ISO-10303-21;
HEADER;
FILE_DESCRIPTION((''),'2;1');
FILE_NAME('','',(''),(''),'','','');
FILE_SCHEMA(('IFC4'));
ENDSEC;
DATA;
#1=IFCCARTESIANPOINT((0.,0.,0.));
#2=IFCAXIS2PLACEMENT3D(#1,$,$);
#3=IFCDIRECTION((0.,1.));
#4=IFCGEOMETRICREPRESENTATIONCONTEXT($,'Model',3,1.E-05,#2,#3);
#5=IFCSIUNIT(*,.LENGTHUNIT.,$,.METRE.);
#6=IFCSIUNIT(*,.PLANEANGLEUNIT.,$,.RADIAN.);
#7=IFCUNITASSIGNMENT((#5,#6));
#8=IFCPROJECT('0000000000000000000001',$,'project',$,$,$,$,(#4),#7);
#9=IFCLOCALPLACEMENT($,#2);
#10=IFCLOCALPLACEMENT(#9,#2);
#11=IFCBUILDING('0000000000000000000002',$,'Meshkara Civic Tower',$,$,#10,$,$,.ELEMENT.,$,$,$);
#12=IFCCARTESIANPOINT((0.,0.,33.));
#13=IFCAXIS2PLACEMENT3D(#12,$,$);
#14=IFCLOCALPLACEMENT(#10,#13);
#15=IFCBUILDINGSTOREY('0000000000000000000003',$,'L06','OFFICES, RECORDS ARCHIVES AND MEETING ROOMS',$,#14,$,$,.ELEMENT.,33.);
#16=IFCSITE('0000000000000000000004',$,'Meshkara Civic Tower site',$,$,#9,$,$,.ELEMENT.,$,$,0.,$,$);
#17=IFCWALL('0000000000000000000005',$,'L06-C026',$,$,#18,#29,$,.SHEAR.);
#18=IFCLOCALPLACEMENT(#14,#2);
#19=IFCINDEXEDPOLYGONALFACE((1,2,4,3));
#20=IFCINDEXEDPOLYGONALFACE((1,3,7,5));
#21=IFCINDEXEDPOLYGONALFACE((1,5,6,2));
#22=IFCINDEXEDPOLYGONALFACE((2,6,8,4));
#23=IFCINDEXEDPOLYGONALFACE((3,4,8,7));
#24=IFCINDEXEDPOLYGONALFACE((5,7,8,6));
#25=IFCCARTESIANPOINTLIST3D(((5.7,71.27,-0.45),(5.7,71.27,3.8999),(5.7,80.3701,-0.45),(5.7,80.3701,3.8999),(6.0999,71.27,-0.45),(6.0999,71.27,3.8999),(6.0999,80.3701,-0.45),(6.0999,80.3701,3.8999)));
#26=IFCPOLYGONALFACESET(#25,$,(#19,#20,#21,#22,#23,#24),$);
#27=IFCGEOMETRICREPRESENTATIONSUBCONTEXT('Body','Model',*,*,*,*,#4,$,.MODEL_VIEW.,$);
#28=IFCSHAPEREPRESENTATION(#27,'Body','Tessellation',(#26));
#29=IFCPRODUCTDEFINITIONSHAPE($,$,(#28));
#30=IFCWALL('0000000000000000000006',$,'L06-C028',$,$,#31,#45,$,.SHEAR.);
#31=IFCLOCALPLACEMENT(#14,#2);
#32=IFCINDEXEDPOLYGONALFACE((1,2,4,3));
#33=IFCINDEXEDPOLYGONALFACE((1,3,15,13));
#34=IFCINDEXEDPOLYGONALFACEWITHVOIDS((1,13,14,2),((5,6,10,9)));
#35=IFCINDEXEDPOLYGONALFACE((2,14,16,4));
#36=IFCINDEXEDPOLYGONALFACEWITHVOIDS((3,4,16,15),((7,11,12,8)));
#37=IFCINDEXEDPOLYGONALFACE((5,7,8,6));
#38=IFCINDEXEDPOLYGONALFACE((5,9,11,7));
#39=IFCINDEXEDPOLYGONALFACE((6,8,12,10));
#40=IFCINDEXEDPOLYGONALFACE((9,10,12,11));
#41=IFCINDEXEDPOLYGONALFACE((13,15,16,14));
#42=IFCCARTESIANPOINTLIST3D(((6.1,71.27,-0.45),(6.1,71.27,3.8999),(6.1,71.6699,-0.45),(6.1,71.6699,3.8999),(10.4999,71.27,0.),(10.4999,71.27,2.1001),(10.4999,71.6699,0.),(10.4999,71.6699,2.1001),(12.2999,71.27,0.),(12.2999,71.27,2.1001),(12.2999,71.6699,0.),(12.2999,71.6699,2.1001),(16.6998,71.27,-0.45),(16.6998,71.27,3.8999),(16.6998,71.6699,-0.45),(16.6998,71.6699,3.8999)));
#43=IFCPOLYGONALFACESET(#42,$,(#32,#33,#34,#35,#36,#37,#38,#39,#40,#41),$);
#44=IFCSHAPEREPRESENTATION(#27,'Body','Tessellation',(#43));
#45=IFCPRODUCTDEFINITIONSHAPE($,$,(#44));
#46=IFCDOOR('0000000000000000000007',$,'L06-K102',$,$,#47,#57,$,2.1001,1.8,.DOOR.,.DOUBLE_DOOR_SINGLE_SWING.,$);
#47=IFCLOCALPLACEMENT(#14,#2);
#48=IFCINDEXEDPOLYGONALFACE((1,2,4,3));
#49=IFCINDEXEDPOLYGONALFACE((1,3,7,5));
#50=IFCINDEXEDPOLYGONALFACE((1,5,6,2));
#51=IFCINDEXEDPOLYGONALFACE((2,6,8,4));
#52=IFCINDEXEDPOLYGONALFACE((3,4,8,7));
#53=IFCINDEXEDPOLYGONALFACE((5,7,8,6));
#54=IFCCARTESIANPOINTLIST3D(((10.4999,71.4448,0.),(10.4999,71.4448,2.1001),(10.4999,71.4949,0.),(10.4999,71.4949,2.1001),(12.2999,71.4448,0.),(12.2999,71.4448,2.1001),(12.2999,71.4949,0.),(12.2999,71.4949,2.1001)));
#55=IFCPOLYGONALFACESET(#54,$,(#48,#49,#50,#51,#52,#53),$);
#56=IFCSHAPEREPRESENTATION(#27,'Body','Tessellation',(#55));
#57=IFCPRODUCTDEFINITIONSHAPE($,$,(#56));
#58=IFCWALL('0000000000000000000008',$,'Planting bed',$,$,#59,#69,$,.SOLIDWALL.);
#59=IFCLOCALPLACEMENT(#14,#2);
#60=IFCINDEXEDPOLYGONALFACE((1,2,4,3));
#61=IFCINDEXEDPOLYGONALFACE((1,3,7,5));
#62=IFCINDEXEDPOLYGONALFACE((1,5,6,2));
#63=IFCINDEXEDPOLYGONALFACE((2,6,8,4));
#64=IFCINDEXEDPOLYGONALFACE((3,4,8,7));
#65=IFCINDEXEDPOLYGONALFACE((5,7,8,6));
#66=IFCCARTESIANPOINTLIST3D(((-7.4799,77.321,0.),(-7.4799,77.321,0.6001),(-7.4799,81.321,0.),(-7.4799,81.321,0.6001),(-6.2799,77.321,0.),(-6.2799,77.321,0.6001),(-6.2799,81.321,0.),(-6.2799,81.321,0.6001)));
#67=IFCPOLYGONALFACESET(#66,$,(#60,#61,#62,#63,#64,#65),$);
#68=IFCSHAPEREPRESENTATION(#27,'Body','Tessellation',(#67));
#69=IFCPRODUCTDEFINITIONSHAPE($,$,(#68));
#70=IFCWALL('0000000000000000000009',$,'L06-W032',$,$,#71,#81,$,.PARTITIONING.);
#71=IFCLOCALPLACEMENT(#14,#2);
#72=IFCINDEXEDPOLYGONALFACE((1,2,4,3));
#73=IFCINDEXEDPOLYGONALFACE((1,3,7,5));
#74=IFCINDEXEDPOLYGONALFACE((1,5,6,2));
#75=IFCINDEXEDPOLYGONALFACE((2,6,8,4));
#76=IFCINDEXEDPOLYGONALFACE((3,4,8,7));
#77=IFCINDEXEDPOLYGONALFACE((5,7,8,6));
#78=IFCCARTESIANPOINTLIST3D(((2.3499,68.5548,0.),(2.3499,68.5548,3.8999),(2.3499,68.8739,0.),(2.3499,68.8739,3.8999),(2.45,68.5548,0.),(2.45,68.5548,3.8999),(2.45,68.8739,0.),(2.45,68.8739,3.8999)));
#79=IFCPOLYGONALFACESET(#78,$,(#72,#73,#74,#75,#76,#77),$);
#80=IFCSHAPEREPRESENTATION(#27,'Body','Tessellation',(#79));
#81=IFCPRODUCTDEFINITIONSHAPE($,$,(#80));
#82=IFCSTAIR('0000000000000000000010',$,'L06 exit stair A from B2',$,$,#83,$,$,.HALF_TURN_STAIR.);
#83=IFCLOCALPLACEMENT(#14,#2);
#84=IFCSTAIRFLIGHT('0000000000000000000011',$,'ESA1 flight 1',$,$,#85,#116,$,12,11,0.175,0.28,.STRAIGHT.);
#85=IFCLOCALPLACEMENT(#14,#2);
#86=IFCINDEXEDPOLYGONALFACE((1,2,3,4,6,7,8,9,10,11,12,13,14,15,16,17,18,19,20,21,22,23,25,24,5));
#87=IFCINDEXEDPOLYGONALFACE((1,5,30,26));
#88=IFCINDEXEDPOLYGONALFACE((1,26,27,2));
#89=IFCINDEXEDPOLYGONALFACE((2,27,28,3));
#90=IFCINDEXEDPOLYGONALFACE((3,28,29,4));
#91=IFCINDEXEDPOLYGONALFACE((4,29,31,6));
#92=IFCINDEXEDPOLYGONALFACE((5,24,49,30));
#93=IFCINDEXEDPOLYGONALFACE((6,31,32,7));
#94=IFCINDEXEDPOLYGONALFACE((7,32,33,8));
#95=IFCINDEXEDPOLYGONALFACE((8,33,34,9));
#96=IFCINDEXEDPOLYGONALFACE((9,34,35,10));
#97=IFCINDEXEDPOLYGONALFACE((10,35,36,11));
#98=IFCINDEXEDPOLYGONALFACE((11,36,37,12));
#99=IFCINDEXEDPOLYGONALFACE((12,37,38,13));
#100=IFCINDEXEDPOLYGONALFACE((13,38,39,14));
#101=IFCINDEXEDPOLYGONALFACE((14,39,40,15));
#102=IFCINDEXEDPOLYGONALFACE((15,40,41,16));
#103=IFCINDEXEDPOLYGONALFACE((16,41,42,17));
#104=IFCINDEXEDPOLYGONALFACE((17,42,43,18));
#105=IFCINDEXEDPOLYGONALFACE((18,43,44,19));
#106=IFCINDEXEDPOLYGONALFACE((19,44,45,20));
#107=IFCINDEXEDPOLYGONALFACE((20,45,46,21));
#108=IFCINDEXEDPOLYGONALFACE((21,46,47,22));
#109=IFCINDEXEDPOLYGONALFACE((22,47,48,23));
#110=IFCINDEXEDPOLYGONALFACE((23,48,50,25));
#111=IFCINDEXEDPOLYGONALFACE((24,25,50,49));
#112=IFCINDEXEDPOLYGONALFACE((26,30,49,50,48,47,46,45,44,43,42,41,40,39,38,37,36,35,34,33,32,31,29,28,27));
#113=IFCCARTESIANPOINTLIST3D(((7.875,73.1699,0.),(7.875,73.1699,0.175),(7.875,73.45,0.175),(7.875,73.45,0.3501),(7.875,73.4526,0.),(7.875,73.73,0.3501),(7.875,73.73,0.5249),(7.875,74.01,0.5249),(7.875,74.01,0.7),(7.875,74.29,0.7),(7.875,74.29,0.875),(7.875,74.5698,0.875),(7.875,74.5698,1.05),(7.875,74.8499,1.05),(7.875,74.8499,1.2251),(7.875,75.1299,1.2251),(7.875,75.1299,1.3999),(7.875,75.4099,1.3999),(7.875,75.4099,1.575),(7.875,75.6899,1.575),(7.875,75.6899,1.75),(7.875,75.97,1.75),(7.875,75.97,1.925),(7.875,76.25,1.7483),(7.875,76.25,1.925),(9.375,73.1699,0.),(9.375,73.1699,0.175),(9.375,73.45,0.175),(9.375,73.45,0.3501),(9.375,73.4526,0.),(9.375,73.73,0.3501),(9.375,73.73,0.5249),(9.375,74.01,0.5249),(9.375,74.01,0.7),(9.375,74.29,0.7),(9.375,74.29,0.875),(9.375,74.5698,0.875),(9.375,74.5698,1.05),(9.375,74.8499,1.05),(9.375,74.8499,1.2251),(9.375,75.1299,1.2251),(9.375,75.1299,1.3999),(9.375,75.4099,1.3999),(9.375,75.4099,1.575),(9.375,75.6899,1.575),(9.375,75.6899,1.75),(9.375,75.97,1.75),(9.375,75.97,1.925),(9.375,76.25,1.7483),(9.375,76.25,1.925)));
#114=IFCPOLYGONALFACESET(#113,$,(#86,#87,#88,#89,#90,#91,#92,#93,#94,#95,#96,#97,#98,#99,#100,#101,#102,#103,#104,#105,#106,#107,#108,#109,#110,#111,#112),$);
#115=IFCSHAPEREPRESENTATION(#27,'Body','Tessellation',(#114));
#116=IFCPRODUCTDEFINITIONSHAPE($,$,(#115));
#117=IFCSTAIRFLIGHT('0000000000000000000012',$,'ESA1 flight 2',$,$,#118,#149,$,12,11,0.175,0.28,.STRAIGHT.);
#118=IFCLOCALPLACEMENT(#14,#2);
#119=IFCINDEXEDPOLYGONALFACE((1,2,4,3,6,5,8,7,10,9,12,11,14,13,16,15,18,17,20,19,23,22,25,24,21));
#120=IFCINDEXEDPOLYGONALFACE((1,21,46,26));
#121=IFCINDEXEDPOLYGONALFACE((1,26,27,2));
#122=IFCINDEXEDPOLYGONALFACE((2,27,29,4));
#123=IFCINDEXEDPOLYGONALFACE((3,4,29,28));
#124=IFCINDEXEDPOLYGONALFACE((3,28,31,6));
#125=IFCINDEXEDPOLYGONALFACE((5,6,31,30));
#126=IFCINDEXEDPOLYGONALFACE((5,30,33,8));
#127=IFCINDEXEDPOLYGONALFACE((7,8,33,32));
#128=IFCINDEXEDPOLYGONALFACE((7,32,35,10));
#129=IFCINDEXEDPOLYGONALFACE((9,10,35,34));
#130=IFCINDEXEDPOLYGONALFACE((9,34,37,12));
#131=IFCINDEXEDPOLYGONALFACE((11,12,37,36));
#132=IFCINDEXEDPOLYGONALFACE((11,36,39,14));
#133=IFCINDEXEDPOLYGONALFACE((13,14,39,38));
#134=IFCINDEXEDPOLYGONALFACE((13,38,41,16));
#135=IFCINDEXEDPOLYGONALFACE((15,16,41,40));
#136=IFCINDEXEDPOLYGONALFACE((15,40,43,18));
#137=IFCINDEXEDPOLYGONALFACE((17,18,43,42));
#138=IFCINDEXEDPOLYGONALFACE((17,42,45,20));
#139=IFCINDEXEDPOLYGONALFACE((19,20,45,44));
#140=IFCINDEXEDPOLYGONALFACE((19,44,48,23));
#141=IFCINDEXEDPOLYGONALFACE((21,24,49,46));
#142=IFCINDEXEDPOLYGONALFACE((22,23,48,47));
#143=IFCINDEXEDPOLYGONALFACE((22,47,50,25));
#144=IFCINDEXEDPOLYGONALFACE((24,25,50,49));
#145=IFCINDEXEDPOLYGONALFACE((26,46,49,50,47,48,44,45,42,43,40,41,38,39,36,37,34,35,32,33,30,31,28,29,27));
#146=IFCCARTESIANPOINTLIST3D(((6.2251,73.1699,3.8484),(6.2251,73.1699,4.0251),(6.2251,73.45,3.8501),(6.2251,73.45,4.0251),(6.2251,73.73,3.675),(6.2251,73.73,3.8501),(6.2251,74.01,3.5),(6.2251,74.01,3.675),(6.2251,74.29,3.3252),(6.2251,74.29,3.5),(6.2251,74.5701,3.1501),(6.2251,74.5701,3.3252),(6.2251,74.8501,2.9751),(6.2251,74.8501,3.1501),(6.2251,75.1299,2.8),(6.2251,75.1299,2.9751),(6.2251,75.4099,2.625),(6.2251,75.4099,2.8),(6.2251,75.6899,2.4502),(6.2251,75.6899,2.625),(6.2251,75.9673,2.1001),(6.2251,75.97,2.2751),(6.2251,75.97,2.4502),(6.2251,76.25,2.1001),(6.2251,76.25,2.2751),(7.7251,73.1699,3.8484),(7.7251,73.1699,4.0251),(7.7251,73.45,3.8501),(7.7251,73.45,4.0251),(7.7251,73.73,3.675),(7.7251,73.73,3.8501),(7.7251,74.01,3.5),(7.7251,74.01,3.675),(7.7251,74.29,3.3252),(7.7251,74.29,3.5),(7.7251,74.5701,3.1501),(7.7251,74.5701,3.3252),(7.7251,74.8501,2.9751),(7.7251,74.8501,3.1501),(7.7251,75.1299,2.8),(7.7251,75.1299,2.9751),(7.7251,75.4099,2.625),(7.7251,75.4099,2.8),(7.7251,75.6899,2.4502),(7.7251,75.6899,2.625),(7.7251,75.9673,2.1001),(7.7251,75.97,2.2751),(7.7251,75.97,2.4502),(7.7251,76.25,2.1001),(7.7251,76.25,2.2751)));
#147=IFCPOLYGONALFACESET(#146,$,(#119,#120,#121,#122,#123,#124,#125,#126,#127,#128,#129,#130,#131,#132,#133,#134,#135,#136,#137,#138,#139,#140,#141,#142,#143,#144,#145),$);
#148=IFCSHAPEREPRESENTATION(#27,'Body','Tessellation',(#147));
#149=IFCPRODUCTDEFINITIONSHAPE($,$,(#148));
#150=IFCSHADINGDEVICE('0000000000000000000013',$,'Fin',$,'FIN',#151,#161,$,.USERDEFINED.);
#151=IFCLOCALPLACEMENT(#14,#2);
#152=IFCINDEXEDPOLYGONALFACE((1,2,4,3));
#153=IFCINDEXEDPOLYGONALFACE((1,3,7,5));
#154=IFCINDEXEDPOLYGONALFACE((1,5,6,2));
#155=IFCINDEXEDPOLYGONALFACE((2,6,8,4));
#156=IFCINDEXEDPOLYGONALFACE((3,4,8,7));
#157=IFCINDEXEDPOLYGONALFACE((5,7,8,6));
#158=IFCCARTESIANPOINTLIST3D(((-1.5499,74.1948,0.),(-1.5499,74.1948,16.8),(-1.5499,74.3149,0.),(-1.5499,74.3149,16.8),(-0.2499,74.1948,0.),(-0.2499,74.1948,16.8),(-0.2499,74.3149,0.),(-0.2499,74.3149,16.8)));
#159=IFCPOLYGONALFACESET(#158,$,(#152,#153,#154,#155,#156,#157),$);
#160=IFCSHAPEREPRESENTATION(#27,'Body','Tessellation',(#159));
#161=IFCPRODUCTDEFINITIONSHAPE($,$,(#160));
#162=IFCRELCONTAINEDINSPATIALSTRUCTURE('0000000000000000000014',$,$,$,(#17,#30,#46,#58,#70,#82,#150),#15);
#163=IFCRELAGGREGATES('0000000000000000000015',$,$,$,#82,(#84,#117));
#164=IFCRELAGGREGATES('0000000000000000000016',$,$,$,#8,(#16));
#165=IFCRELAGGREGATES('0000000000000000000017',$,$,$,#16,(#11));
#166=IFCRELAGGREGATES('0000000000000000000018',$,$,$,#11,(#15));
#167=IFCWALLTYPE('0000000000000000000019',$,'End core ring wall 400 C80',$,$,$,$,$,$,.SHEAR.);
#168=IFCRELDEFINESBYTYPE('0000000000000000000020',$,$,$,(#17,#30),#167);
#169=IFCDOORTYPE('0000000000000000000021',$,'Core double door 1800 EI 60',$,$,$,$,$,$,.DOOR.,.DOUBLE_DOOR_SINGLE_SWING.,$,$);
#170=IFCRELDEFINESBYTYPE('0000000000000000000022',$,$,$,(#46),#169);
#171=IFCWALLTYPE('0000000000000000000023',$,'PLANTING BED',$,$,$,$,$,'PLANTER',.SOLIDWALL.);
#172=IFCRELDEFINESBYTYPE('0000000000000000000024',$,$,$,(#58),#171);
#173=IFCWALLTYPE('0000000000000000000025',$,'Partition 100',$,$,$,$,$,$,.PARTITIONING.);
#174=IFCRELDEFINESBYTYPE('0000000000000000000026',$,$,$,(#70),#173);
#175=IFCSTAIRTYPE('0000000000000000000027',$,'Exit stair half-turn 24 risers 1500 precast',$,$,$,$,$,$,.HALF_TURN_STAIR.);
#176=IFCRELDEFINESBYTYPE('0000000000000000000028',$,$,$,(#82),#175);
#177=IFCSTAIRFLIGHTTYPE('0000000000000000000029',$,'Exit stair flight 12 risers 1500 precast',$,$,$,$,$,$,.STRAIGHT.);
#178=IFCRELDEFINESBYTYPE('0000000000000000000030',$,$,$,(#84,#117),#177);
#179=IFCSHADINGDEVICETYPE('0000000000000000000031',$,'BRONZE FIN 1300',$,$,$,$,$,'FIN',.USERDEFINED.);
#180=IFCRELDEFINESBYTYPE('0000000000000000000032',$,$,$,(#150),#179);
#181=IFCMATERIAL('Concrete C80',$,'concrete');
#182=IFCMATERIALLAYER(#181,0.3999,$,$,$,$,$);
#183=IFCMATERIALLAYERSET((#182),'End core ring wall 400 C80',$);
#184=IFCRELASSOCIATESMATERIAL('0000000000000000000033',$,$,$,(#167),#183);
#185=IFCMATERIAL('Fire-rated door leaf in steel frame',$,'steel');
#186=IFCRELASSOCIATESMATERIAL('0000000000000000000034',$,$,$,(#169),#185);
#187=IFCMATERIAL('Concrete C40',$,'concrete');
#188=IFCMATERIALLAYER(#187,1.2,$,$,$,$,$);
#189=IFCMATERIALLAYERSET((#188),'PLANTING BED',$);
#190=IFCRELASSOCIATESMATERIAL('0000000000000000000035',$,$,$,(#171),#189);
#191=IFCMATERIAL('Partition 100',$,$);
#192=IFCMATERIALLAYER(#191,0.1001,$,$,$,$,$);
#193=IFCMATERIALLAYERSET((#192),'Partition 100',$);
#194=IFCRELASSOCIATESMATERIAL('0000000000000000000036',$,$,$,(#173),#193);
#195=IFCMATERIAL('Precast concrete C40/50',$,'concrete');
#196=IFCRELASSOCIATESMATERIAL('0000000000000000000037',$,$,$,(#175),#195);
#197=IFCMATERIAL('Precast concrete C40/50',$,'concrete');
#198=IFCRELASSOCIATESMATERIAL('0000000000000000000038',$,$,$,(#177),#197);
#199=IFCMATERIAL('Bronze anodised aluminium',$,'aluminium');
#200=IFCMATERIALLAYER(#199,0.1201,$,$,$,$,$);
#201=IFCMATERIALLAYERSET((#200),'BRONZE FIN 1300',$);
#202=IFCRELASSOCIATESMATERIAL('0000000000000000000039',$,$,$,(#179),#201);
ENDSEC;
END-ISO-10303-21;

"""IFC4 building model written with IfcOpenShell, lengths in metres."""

from ifc_helpers import new_model, si_unit, direction, frame, frame_2d, origin, origin_2d, place, context, subcontext, project, spatial, polyline, rectangle, outline, extrude, material, layer, layer_set, type_object, element, fill, aggregate, save


model = new_model("IFC4")

# Units and contexts
model_context = context("Model", 3, precision=1e-05, world=origin(), true_north=direction((0.0, 1.0)))
body_context = subcontext(model_context, "Body", "Model", "MODEL_VIEW")
ifc_project = project(units=[si_unit("LENGTHUNIT", "METRE"), si_unit("PLANEANGLEUNIT", "RADIAN")], contexts=[model_context])

# Site, building, storey
site_placement = place(None, origin())
site = spatial("IfcSite", under=ifc_project, at=site_placement, Name="Meshkara Civic Tower site", CompositionType="ELEMENT", RefElevation=0.0)
building_placement = place(site_placement, origin())
building = spatial("IfcBuilding", under=site, at=building_placement, Name="Meshkara Civic Tower", CompositionType="ELEMENT")
storey_placement = place(building_placement, frame((0.0, 0.0, 33.0)))
storey = spatial("IfcBuildingStorey", under=building, at=storey_placement, Name="L06", Description="OFFICES, RECORDS ARCHIVES AND MEETING ROOMS", CompositionType="ELEMENT", Elevation=33.0)

# Wall
ifc_material_1 = material(Name="Concrete C80", Category="concrete")
ifc_layer_1 = layer(ifc_material_1, 0.3999)
ifc_layer_set_1 = layer_set([ifc_layer_1], Name="End core ring wall 400 C80")
wall_type_1 = type_object("IfcWallType", Name="End core ring wall 400 C80", PredefinedType="SHEAR", material=ifc_layer_set_1)
wall_1_placement = place(storey_placement, frame((5.8999, 71.27, -0.45), z_axis=(0.0, 0.0, 1.0), x_axis=(0.0, 1.0, 0.0)))
element("IfcWall", 1, at=wall_1_placement, inside=storey, type_object=wall_type_1, Name="L06-C026", PredefinedType="SHEAR", context=body_context, shape_type="SweptSolid", body=[
    extrude(rectangle(XDim=9.1001, YDim=0.3999, at=frame_2d((4.55, 0.0))), origin(), (0.0, 0.0, 1.0), 4.3499),
])

# Wall, opening, door
wall_2_placement = place(storey_placement, frame((6.1001, 71.47, -0.45), z_axis=(0.0, 0.0, 1.0), x_axis=(1.0, 0.0, 0.0)))
wall_2 = element("IfcWall", 2, at=wall_2_placement, inside=storey, type_object=wall_type_1, Name="L06-C028", PredefinedType="SHEAR", context=body_context, shape_type="SweptSolid", body=[
    extrude(rectangle(XDim=10.5999, YDim=0.3999, at=frame_2d((5.2998, 0.0))), origin(), (0.0, 0.0, 1.0), 4.3499),
])
opening_1_placement = place(wall_2_placement, frame((4.3999, 0.0, 0.45)))
opening_1 = element("IfcOpeningElement", 3, at=opening_1_placement, cuts=wall_2, PredefinedType="OPENING", context=body_context, shape_type="SweptSolid", body=[
    extrude(rectangle(XDim=1.8, YDim=2.1001, at=frame_2d((0.8999, 1.05))), frame((0.0, 0.21, 0.0), z_axis=(0.0, -1.0, 0.0), x_axis=(1.0, 0.0, 0.0)), (0.0, 0.0, 1.0), 0.4199),
])
ifc_material_2 = material(Name="Fire-rated door leaf in steel frame", Category="steel")
door_type_1 = type_object("IfcDoorType", Name="Core double door 1800 EI 60", OperationType="DOUBLE_DOOR_SINGLE_SWING", PredefinedType="DOOR", material=ifc_material_2)
door_1_placement = place(opening_1_placement, origin())
door_1 = element("IfcDoor", 4, at=door_1_placement, inside=storey, type_object=door_type_1, Name="L06-K102", OperationType="DOUBLE_DOOR_SINGLE_SWING", OverallHeight=2.1001, OverallWidth=1.8, PredefinedType="DOOR", context=body_context, shape_type="SweptSolid", body=[
    extrude(rectangle(XDim=1.8, YDim=2.1001, at=frame_2d((0.8999, 1.05))), frame((0.0, 0.0249, 0.0), z_axis=(0.0, -1.0, 0.0), x_axis=(1.0, 0.0, 0.0)), (0.0, 0.0, 1.0), 0.05),
])
fill(opening_1, door_1)

# Walls
ifc_material_3 = material(Name="Concrete C40", Category="concrete")
ifc_layer_2 = layer(ifc_material_3, 1.2)
ifc_layer_set_2 = layer_set([ifc_layer_2], Name="PLANTING BED")
wall_type_2 = type_object("IfcWallType", Name="PLANTING BED", ElementType="PLANTER", PredefinedType="SOLIDWALL", material=ifc_layer_set_2)
wall_3_placement = place(storey_placement, frame((-6.8799, 77.321, 0.0), z_axis=(0.0, 0.0, 1.0), x_axis=(0.0, 1.0, 0.0)))
element("IfcWall", 5, at=wall_3_placement, inside=storey, type_object=wall_type_2, Name="Planting bed", PredefinedType="SOLIDWALL", context=body_context, shape_type="SweptSolid", body=[
    extrude(rectangle(XDim=4.0, YDim=1.2, at=frame_2d((2.0, 0.0))), origin(), (0.0, 0.0, 1.0), 0.6001),
])
ifc_material_4 = material(Name="Partition 100")
ifc_layer_3 = layer(ifc_material_4, 0.1001)
ifc_layer_set_3 = layer_set([ifc_layer_3], Name="Partition 100")
wall_type_3 = type_object("IfcWallType", Name="Partition 100", PredefinedType="PARTITIONING", material=ifc_layer_set_3)
wall_4_placement = place(storey_placement, frame((2.3999, 68.874, 0.0), z_axis=(0.0, 0.0, 1.0), x_axis=(0.0, -1.0, 0.0)))
element("IfcWall", 6, at=wall_4_placement, inside=storey, type_object=wall_type_3, Name="L06-W032", PredefinedType="PARTITIONING", context=body_context, shape_type="SweptSolid", body=[
    extrude(rectangle(XDim=0.3191, YDim=0.1001, at=frame_2d((0.1597, 0.0))), origin(), (0.0, 0.0, 1.0), 3.8999),
])

# Stair, stair flights
ifc_material_5 = material(Name="Precast concrete C40/50", Category="concrete")
stair_type = type_object("IfcStairType", Name="Exit stair half-turn 24 risers 1500 precast", PredefinedType="HALF_TURN_STAIR", material=ifc_material_5)
stair_placement = place(storey_placement, origin())
stair = element("IfcStair", 7, at=stair_placement, inside=storey, type_object=stair_type, Name="L06 exit stair A from B2", PredefinedType="HALF_TURN_STAIR")
ifc_material_6 = material(Name="Precast concrete C40/50", Category="concrete")
stair_flight_type = type_object("IfcStairFlightType", Name="Exit stair flight 12 risers 1500 precast", PredefinedType="STRAIGHT", material=ifc_material_6)
stair_flight_1_placement = place(storey_placement, frame((8.625, 73.1699, 0.0), z_axis=(0.0, 0.0, 1.0), x_axis=(0.0, 1.0, 0.0)))
stair_flight_1 = element("IfcStairFlight", 8, at=stair_flight_1_placement, type_object=stair_flight_type, Name="ESA1 flight 1", NumberOfRisers=12, NumberOfTreads=11, PredefinedType="STRAIGHT", RiserHeight=0.175, TreadLength=0.28, context=body_context, shape_type="SweptSolid", body=[
    extrude(outline(polyline([(0.0, 0.0), (0.0, 0.175), (0.28, 0.175), (0.28, 0.3501), (0.5601, 0.3501), (0.5601, 0.5249), (0.8401, 0.5249), (0.8401, 0.7), (1.1201, 0.7), (1.1201, 0.875), (1.3999, 0.875), (1.3999, 1.05), (1.6799, 1.05), (1.6799, 1.2251), (1.96, 1.2251), (1.96, 1.3999), (2.24, 1.3999), (2.24, 1.575), (2.52, 1.575), (2.52, 1.75), (2.8, 1.75), (2.8, 1.925), (3.0801, 1.925), (3.0801, 2.1001), (3.0801, 1.7483), (0.2827, 0.0), (0.0, 0.0)])), frame((0.0, 0.75, 0.0), z_axis=(0.0, -1.0, 0.0), x_axis=(1.0, 0.0, 0.0)), (0.0, 0.0, 1.0), 1.5),
])
stair_flight_2_placement = place(storey_placement, frame((6.9751, 76.25, 2.1001), z_axis=(0.0, 0.0, 1.0), x_axis=(0.0, -1.0, 0.0)))
stair_flight_2 = element("IfcStairFlight", 9, at=stair_flight_2_placement, type_object=stair_flight_type, Name="ESA1 flight 2", NumberOfRisers=12, NumberOfTreads=11, PredefinedType="STRAIGHT", RiserHeight=0.175, TreadLength=0.28, context=body_context, shape_type="SweptSolid", body=[
    extrude(outline(polyline([(0.0, 0.0), (0.0, 0.175), (0.28, 0.175), (0.28, 0.3501), (0.5601, 0.3501), (0.5601, 0.5249), (0.8401, 0.5249), (0.8401, 0.7), (1.1201, 0.7), (1.1201, 0.875), (1.3999, 0.875), (1.3999, 1.05), (1.6799, 1.05), (1.6799, 1.2251), (1.96, 1.2251), (1.96, 1.3999), (2.24, 1.3999), (2.24, 1.575), (2.52, 1.575), (2.52, 1.75), (2.8, 1.75), (2.8, 1.925), (3.0801, 1.925), (3.0801, 2.1001), (3.0801, 1.7483), (0.2827, 0.0), (0.0, 0.0)])), frame((0.0, 0.75, 0.0), z_axis=(0.0, -1.0, 0.0), x_axis=(1.0, 0.0, 0.0)), (0.0, 0.0, 1.0), 1.5),
])
aggregate(stair, [stair_flight_1, stair_flight_2])

# Shading device
ifc_material_7 = material(Name="Bronze anodised aluminium", Category="aluminium")
ifc_layer_4 = layer(ifc_material_7, 0.1201)
ifc_layer_set_4 = layer_set([ifc_layer_4], Name="BRONZE FIN 1300")
shading_device_type = type_object("IfcShadingDeviceType", Name="BRONZE FIN 1300", ElementType="FIN", PredefinedType="USERDEFINED", material=ifc_layer_set_4)
shading_device_placement = place(storey_placement, frame((-0.8999, 74.2549, 0.0), z_axis=(0.0, 0.0, 1.0), x_axis=(0.0, -1.0, 0.0)))
element("IfcShadingDevice", 10, at=shading_device_placement, inside=storey, type_object=shading_device_type, Name="Fin", ObjectType="FIN", PredefinedType="USERDEFINED", context=body_context, shape_type="SweptSolid", body=[
    extrude(rectangle(XDim=0.1201, YDim=1.3, at=origin_2d()), origin(), (0.0, 0.0, 1.0), 16.8),
])

save(model, "model.ifc")
